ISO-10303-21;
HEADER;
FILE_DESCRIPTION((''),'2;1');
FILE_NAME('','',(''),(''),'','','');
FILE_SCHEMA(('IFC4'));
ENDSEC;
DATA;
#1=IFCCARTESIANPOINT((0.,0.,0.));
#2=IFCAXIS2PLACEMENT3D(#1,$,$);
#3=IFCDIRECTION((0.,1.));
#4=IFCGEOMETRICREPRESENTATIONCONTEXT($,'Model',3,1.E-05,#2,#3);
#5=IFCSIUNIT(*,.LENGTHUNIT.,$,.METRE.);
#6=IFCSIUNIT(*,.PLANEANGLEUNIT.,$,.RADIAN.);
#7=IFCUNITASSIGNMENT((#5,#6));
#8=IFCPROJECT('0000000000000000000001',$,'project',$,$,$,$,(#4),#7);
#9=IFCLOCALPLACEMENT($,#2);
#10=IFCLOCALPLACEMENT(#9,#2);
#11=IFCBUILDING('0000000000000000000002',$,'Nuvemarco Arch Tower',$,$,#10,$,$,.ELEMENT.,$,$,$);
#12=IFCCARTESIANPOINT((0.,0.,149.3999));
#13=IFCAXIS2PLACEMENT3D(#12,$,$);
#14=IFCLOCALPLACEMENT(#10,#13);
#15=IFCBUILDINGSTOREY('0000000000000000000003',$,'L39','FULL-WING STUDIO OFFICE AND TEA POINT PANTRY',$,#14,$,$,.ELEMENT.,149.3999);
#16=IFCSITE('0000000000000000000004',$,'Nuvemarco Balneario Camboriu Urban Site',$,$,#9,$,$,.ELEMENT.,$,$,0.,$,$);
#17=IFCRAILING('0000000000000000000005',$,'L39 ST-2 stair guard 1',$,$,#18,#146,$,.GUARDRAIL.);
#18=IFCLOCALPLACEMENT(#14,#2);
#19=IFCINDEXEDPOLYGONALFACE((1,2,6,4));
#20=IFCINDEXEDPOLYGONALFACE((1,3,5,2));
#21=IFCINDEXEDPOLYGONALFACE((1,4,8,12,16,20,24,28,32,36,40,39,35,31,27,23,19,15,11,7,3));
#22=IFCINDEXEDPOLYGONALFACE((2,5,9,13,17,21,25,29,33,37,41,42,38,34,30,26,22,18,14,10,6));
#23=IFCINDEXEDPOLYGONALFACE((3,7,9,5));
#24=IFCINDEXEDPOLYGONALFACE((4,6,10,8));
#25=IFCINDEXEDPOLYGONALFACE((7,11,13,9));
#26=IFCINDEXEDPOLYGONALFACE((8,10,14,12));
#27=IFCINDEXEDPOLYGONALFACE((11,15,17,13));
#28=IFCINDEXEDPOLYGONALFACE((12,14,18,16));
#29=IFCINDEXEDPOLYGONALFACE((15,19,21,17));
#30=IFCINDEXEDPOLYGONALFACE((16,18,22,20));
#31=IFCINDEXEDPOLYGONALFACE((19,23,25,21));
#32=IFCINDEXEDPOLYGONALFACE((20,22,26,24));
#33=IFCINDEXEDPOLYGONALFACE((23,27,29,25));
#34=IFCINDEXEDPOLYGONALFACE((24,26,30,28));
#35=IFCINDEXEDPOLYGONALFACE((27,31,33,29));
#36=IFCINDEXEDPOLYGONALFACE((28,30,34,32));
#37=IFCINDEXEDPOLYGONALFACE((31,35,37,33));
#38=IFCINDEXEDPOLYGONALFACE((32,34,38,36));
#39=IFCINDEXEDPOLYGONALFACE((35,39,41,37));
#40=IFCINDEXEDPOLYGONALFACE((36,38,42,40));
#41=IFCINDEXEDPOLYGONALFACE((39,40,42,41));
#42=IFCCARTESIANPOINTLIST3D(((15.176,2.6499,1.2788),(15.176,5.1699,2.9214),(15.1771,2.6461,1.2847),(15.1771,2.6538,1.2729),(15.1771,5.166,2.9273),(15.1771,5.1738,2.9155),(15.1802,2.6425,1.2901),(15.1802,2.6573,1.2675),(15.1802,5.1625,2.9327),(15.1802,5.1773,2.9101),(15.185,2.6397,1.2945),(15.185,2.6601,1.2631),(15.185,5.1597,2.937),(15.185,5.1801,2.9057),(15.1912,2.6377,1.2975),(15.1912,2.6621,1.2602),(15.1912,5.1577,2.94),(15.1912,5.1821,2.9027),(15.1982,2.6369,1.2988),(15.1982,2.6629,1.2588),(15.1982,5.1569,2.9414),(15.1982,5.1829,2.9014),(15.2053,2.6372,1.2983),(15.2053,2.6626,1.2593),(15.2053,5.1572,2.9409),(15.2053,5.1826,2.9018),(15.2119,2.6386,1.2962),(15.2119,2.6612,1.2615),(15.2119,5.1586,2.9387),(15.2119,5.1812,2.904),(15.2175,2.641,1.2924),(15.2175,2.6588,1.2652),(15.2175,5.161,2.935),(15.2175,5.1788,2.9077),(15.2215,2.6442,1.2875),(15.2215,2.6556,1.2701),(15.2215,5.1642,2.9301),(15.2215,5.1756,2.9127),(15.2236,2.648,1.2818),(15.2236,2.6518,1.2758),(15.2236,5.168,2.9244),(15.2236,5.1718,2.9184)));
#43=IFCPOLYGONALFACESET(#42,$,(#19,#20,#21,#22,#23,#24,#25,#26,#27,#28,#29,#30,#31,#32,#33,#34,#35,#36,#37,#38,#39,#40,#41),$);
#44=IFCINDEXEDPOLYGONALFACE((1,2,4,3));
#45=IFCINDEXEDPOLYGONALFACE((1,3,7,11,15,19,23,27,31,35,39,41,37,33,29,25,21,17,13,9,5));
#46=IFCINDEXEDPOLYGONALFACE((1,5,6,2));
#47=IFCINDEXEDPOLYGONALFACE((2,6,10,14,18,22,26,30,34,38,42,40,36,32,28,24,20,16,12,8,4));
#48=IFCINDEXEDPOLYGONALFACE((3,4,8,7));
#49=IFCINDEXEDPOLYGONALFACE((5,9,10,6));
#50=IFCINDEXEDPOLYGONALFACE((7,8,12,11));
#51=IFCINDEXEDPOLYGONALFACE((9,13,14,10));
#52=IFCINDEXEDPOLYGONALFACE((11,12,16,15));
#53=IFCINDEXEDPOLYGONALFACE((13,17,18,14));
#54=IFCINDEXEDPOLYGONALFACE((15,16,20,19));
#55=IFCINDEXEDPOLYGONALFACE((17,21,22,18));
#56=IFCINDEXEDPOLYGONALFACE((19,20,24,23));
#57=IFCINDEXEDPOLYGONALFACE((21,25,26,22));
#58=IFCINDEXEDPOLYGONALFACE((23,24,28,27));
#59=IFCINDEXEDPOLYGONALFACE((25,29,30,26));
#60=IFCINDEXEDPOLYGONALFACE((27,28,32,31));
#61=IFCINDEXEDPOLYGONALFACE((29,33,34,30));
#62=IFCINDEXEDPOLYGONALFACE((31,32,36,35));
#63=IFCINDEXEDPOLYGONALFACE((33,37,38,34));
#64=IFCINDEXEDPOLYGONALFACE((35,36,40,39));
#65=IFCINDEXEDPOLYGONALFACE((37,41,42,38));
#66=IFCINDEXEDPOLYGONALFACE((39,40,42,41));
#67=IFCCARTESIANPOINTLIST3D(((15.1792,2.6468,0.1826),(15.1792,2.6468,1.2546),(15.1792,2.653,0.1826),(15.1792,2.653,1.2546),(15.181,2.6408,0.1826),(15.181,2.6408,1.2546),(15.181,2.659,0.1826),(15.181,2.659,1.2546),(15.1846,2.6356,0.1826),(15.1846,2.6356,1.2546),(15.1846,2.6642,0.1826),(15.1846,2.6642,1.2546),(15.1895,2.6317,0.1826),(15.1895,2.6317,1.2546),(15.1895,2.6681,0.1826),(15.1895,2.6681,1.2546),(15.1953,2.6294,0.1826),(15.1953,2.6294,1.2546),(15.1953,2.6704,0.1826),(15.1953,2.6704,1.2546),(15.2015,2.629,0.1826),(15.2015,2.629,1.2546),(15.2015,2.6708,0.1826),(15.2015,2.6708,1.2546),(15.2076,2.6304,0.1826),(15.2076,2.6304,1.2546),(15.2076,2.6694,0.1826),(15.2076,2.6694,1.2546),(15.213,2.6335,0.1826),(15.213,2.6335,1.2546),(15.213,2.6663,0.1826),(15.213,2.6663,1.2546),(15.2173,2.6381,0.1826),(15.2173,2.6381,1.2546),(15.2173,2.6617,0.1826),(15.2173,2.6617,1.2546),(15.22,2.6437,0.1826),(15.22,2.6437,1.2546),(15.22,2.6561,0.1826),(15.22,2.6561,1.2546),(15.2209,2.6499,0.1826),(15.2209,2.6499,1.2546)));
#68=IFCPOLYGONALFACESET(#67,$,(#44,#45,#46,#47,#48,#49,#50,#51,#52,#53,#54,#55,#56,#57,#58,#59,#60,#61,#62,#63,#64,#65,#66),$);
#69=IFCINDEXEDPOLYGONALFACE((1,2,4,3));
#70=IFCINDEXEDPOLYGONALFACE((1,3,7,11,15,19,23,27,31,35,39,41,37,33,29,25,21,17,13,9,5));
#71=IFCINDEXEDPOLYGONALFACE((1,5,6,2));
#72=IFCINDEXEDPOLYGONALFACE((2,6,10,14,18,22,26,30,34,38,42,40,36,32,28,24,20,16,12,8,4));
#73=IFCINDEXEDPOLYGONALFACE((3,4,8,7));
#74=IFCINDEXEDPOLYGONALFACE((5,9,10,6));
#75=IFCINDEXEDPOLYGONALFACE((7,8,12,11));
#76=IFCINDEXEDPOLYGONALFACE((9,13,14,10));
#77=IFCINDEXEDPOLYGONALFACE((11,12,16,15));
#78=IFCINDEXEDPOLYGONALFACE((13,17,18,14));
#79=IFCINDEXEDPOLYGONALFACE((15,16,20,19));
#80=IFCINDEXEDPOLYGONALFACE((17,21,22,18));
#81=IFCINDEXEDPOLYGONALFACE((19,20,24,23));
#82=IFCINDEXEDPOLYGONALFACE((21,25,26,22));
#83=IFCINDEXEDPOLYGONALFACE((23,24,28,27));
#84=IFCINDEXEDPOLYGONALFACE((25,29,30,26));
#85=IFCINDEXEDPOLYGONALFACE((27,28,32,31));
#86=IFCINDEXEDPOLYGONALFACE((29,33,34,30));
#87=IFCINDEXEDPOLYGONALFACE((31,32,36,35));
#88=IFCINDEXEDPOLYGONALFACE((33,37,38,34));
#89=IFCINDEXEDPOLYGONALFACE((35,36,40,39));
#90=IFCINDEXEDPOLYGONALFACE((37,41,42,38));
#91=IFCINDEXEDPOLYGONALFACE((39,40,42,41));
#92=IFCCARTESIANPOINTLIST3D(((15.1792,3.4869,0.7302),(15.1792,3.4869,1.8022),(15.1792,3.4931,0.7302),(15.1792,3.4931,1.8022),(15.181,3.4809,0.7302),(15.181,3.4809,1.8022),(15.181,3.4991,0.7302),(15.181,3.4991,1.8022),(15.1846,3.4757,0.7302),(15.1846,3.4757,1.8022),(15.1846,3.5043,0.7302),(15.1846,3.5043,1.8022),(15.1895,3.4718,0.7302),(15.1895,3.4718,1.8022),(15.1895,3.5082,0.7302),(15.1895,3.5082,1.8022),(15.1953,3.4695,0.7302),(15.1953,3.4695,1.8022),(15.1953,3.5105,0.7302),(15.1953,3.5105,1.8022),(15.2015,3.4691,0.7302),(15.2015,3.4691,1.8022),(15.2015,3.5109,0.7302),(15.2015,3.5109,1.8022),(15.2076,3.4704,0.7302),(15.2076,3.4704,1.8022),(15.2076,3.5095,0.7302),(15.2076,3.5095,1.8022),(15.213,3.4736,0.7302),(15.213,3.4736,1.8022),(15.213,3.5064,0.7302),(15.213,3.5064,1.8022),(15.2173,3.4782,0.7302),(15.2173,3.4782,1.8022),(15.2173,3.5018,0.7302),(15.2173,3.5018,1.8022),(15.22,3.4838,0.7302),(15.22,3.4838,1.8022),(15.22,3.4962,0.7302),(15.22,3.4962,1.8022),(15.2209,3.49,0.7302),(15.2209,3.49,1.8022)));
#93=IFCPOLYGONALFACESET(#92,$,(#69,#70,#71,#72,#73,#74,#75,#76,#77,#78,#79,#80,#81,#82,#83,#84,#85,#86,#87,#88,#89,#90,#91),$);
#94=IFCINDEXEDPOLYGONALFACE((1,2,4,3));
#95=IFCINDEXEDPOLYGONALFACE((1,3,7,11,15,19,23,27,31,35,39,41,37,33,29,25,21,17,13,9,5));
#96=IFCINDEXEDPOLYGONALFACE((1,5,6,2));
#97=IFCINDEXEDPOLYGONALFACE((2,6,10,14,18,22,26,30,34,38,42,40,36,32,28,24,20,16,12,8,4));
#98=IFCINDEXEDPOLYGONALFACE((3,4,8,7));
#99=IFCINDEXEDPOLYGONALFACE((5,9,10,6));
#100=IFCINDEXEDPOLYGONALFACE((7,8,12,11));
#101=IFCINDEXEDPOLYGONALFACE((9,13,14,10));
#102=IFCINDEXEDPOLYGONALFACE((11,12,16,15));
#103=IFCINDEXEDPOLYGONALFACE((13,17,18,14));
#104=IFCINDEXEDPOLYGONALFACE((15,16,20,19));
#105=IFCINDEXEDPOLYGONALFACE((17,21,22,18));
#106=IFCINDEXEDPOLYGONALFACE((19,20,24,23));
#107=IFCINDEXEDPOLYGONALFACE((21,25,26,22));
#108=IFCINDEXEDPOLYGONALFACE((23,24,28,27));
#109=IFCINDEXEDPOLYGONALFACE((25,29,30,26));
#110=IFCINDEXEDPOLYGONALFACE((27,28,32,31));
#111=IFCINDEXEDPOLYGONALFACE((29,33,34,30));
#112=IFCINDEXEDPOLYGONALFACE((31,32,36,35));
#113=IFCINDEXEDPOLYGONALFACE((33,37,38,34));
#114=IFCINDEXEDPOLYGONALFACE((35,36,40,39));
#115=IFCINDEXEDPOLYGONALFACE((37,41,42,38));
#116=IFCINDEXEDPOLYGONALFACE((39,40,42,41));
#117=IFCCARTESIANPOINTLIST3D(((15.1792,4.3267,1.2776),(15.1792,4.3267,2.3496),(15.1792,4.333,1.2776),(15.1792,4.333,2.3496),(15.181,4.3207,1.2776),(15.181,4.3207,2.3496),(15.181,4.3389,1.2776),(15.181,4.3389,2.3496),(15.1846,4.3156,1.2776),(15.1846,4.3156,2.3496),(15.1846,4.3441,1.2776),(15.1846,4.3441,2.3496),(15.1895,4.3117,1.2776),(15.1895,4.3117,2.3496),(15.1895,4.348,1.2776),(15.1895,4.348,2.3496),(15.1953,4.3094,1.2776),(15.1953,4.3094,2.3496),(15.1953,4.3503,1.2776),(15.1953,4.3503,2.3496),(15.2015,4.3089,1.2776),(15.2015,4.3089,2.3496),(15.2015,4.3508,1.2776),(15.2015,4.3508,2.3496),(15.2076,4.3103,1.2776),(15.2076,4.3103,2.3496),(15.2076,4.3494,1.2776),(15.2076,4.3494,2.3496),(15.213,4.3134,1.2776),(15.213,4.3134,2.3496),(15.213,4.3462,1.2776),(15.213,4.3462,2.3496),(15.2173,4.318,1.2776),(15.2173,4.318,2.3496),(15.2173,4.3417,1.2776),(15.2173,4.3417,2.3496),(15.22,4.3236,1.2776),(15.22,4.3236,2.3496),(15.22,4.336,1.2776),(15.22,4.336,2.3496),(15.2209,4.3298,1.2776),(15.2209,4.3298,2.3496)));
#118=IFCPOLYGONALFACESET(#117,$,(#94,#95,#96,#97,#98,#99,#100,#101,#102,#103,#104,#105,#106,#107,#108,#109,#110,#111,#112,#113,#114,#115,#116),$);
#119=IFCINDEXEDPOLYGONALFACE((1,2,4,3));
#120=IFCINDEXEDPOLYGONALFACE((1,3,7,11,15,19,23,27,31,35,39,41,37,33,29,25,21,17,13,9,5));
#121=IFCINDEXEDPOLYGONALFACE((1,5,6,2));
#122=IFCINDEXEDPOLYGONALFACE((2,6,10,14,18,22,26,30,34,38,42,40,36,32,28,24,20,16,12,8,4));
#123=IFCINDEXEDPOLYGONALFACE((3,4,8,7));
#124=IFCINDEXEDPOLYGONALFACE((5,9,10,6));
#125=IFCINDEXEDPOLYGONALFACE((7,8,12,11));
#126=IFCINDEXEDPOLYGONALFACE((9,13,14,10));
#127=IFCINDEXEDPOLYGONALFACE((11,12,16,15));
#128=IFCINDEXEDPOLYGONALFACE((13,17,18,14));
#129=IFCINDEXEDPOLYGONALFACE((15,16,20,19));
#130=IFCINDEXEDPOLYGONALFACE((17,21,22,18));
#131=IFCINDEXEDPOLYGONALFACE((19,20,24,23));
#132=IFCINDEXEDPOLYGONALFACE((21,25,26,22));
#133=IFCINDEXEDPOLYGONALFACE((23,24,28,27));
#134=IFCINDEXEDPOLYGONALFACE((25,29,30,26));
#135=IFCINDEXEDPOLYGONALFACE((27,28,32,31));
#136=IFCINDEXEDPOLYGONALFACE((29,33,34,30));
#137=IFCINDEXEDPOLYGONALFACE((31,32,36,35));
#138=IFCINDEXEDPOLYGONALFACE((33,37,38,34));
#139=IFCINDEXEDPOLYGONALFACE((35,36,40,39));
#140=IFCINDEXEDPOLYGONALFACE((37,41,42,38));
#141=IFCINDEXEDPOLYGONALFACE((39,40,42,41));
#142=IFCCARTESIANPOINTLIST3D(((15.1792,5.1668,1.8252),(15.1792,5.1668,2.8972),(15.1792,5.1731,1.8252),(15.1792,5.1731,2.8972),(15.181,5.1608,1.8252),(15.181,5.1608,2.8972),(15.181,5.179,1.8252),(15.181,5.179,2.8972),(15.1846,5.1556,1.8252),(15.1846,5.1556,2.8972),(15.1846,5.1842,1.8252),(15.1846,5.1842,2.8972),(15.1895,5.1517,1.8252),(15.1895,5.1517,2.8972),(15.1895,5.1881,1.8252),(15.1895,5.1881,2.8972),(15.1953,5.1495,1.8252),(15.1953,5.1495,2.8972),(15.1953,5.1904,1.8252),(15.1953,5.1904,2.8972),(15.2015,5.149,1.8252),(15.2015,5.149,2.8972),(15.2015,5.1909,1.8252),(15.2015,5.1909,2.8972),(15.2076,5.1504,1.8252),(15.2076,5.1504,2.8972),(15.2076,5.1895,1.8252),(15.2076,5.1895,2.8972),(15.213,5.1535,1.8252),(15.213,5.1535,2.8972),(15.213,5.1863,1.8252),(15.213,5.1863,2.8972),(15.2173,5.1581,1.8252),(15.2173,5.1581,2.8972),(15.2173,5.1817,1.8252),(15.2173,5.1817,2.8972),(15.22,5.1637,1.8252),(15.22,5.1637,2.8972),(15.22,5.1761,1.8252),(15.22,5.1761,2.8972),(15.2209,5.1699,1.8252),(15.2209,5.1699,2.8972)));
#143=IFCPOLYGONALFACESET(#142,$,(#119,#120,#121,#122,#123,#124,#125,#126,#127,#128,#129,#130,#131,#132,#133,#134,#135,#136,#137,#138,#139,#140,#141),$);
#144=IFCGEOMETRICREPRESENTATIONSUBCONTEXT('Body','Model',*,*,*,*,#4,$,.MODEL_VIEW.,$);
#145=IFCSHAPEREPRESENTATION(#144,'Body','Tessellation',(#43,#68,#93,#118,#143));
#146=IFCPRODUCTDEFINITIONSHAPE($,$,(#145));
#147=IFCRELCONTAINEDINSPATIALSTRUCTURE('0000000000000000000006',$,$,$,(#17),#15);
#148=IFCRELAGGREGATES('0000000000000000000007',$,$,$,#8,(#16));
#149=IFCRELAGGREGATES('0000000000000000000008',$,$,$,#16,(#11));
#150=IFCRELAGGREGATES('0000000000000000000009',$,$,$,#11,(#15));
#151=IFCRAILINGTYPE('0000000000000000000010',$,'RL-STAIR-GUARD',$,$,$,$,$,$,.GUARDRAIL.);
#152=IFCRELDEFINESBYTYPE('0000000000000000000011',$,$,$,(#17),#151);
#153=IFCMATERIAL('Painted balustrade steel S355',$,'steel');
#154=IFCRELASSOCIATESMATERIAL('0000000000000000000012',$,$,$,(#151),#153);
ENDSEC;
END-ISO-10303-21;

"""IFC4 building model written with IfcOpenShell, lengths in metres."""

from ifc_helpers import new_model, si_unit, direction, frame, origin, origin_2d, place, context, subcontext, project, spatial, circle, extrude, material, type_object, element, save


model = new_model("IFC4")

# Units and contexts
model_context = context("Model", 3, precision=1e-05, world=origin(), true_north=direction((0.0, 1.0)))
body_context = subcontext(model_context, "Body", "Model", "MODEL_VIEW")
ifc_project = project(units=[si_unit("LENGTHUNIT", "METRE"), si_unit("PLANEANGLEUNIT", "RADIAN")], contexts=[model_context])

# Site, building, storey
site_placement = place(None, origin())
site = spatial("IfcSite", under=ifc_project, at=site_placement, Name="Nuvemarco Balneario Camboriu Urban Site", CompositionType="ELEMENT", RefElevation=0.0)
building_placement = place(site_placement, origin())
building = spatial("IfcBuilding", under=site, at=building_placement, Name="Nuvemarco Arch Tower", CompositionType="ELEMENT")
storey_placement = place(building_placement, frame((0.0, 0.0, 149.3999)))
storey = spatial("IfcBuildingStorey", under=building, at=storey_placement, Name="L39", Description="FULL-WING STUDIO OFFICE AND TEA POINT PANTRY", CompositionType="ELEMENT", Elevation=149.3999)

# Railing
ifc_material_1 = material(Name="Painted balustrade steel S355", Category="steel")
railing_type_1 = type_object("IfcRailingType", Name="RL-STAIR-GUARD", PredefinedType="GUARDRAIL", material=ifc_material_1)
railing_1_placement = place(storey_placement, frame((15.2, 2.6499, 0.1826)))
element("IfcRailing", 1, at=railing_1_placement, inside=storey, type_object=railing_type_1, Name="L39 ST-2 stair guard 1", PredefinedType="GUARDRAIL", context=body_context, shape_type="SweptSolid", body=[
    extrude(circle(Radius=0.0239, at=origin_2d()), frame((0.0, 0.0, 1.0962), z_axis=(0.0, 0.837749, 0.546055), x_axis=(-1.0, 0.0, 0.0)), (0.0, 0.0, 1.0), 3.0081),
    extrude(circle(Radius=0.021, at=origin_2d()), origin(), (0.0, 0.0, 1.0), 1.072),
    extrude(circle(Radius=0.021, at=origin_2d()), frame((0.0, 0.8401, 0.5476)), (0.0, 0.0, 1.0), 1.072),
    extrude(circle(Radius=0.021, at=origin_2d()), frame((0.0, 1.6799, 1.095)), (0.0, 0.0, 1.0), 1.072),
    extrude(circle(Radius=0.021, at=origin_2d()), frame((0.0, 2.52, 1.6426)), (0.0, 0.0, 1.0), 1.072),
])

save(model, "model.ifc")
